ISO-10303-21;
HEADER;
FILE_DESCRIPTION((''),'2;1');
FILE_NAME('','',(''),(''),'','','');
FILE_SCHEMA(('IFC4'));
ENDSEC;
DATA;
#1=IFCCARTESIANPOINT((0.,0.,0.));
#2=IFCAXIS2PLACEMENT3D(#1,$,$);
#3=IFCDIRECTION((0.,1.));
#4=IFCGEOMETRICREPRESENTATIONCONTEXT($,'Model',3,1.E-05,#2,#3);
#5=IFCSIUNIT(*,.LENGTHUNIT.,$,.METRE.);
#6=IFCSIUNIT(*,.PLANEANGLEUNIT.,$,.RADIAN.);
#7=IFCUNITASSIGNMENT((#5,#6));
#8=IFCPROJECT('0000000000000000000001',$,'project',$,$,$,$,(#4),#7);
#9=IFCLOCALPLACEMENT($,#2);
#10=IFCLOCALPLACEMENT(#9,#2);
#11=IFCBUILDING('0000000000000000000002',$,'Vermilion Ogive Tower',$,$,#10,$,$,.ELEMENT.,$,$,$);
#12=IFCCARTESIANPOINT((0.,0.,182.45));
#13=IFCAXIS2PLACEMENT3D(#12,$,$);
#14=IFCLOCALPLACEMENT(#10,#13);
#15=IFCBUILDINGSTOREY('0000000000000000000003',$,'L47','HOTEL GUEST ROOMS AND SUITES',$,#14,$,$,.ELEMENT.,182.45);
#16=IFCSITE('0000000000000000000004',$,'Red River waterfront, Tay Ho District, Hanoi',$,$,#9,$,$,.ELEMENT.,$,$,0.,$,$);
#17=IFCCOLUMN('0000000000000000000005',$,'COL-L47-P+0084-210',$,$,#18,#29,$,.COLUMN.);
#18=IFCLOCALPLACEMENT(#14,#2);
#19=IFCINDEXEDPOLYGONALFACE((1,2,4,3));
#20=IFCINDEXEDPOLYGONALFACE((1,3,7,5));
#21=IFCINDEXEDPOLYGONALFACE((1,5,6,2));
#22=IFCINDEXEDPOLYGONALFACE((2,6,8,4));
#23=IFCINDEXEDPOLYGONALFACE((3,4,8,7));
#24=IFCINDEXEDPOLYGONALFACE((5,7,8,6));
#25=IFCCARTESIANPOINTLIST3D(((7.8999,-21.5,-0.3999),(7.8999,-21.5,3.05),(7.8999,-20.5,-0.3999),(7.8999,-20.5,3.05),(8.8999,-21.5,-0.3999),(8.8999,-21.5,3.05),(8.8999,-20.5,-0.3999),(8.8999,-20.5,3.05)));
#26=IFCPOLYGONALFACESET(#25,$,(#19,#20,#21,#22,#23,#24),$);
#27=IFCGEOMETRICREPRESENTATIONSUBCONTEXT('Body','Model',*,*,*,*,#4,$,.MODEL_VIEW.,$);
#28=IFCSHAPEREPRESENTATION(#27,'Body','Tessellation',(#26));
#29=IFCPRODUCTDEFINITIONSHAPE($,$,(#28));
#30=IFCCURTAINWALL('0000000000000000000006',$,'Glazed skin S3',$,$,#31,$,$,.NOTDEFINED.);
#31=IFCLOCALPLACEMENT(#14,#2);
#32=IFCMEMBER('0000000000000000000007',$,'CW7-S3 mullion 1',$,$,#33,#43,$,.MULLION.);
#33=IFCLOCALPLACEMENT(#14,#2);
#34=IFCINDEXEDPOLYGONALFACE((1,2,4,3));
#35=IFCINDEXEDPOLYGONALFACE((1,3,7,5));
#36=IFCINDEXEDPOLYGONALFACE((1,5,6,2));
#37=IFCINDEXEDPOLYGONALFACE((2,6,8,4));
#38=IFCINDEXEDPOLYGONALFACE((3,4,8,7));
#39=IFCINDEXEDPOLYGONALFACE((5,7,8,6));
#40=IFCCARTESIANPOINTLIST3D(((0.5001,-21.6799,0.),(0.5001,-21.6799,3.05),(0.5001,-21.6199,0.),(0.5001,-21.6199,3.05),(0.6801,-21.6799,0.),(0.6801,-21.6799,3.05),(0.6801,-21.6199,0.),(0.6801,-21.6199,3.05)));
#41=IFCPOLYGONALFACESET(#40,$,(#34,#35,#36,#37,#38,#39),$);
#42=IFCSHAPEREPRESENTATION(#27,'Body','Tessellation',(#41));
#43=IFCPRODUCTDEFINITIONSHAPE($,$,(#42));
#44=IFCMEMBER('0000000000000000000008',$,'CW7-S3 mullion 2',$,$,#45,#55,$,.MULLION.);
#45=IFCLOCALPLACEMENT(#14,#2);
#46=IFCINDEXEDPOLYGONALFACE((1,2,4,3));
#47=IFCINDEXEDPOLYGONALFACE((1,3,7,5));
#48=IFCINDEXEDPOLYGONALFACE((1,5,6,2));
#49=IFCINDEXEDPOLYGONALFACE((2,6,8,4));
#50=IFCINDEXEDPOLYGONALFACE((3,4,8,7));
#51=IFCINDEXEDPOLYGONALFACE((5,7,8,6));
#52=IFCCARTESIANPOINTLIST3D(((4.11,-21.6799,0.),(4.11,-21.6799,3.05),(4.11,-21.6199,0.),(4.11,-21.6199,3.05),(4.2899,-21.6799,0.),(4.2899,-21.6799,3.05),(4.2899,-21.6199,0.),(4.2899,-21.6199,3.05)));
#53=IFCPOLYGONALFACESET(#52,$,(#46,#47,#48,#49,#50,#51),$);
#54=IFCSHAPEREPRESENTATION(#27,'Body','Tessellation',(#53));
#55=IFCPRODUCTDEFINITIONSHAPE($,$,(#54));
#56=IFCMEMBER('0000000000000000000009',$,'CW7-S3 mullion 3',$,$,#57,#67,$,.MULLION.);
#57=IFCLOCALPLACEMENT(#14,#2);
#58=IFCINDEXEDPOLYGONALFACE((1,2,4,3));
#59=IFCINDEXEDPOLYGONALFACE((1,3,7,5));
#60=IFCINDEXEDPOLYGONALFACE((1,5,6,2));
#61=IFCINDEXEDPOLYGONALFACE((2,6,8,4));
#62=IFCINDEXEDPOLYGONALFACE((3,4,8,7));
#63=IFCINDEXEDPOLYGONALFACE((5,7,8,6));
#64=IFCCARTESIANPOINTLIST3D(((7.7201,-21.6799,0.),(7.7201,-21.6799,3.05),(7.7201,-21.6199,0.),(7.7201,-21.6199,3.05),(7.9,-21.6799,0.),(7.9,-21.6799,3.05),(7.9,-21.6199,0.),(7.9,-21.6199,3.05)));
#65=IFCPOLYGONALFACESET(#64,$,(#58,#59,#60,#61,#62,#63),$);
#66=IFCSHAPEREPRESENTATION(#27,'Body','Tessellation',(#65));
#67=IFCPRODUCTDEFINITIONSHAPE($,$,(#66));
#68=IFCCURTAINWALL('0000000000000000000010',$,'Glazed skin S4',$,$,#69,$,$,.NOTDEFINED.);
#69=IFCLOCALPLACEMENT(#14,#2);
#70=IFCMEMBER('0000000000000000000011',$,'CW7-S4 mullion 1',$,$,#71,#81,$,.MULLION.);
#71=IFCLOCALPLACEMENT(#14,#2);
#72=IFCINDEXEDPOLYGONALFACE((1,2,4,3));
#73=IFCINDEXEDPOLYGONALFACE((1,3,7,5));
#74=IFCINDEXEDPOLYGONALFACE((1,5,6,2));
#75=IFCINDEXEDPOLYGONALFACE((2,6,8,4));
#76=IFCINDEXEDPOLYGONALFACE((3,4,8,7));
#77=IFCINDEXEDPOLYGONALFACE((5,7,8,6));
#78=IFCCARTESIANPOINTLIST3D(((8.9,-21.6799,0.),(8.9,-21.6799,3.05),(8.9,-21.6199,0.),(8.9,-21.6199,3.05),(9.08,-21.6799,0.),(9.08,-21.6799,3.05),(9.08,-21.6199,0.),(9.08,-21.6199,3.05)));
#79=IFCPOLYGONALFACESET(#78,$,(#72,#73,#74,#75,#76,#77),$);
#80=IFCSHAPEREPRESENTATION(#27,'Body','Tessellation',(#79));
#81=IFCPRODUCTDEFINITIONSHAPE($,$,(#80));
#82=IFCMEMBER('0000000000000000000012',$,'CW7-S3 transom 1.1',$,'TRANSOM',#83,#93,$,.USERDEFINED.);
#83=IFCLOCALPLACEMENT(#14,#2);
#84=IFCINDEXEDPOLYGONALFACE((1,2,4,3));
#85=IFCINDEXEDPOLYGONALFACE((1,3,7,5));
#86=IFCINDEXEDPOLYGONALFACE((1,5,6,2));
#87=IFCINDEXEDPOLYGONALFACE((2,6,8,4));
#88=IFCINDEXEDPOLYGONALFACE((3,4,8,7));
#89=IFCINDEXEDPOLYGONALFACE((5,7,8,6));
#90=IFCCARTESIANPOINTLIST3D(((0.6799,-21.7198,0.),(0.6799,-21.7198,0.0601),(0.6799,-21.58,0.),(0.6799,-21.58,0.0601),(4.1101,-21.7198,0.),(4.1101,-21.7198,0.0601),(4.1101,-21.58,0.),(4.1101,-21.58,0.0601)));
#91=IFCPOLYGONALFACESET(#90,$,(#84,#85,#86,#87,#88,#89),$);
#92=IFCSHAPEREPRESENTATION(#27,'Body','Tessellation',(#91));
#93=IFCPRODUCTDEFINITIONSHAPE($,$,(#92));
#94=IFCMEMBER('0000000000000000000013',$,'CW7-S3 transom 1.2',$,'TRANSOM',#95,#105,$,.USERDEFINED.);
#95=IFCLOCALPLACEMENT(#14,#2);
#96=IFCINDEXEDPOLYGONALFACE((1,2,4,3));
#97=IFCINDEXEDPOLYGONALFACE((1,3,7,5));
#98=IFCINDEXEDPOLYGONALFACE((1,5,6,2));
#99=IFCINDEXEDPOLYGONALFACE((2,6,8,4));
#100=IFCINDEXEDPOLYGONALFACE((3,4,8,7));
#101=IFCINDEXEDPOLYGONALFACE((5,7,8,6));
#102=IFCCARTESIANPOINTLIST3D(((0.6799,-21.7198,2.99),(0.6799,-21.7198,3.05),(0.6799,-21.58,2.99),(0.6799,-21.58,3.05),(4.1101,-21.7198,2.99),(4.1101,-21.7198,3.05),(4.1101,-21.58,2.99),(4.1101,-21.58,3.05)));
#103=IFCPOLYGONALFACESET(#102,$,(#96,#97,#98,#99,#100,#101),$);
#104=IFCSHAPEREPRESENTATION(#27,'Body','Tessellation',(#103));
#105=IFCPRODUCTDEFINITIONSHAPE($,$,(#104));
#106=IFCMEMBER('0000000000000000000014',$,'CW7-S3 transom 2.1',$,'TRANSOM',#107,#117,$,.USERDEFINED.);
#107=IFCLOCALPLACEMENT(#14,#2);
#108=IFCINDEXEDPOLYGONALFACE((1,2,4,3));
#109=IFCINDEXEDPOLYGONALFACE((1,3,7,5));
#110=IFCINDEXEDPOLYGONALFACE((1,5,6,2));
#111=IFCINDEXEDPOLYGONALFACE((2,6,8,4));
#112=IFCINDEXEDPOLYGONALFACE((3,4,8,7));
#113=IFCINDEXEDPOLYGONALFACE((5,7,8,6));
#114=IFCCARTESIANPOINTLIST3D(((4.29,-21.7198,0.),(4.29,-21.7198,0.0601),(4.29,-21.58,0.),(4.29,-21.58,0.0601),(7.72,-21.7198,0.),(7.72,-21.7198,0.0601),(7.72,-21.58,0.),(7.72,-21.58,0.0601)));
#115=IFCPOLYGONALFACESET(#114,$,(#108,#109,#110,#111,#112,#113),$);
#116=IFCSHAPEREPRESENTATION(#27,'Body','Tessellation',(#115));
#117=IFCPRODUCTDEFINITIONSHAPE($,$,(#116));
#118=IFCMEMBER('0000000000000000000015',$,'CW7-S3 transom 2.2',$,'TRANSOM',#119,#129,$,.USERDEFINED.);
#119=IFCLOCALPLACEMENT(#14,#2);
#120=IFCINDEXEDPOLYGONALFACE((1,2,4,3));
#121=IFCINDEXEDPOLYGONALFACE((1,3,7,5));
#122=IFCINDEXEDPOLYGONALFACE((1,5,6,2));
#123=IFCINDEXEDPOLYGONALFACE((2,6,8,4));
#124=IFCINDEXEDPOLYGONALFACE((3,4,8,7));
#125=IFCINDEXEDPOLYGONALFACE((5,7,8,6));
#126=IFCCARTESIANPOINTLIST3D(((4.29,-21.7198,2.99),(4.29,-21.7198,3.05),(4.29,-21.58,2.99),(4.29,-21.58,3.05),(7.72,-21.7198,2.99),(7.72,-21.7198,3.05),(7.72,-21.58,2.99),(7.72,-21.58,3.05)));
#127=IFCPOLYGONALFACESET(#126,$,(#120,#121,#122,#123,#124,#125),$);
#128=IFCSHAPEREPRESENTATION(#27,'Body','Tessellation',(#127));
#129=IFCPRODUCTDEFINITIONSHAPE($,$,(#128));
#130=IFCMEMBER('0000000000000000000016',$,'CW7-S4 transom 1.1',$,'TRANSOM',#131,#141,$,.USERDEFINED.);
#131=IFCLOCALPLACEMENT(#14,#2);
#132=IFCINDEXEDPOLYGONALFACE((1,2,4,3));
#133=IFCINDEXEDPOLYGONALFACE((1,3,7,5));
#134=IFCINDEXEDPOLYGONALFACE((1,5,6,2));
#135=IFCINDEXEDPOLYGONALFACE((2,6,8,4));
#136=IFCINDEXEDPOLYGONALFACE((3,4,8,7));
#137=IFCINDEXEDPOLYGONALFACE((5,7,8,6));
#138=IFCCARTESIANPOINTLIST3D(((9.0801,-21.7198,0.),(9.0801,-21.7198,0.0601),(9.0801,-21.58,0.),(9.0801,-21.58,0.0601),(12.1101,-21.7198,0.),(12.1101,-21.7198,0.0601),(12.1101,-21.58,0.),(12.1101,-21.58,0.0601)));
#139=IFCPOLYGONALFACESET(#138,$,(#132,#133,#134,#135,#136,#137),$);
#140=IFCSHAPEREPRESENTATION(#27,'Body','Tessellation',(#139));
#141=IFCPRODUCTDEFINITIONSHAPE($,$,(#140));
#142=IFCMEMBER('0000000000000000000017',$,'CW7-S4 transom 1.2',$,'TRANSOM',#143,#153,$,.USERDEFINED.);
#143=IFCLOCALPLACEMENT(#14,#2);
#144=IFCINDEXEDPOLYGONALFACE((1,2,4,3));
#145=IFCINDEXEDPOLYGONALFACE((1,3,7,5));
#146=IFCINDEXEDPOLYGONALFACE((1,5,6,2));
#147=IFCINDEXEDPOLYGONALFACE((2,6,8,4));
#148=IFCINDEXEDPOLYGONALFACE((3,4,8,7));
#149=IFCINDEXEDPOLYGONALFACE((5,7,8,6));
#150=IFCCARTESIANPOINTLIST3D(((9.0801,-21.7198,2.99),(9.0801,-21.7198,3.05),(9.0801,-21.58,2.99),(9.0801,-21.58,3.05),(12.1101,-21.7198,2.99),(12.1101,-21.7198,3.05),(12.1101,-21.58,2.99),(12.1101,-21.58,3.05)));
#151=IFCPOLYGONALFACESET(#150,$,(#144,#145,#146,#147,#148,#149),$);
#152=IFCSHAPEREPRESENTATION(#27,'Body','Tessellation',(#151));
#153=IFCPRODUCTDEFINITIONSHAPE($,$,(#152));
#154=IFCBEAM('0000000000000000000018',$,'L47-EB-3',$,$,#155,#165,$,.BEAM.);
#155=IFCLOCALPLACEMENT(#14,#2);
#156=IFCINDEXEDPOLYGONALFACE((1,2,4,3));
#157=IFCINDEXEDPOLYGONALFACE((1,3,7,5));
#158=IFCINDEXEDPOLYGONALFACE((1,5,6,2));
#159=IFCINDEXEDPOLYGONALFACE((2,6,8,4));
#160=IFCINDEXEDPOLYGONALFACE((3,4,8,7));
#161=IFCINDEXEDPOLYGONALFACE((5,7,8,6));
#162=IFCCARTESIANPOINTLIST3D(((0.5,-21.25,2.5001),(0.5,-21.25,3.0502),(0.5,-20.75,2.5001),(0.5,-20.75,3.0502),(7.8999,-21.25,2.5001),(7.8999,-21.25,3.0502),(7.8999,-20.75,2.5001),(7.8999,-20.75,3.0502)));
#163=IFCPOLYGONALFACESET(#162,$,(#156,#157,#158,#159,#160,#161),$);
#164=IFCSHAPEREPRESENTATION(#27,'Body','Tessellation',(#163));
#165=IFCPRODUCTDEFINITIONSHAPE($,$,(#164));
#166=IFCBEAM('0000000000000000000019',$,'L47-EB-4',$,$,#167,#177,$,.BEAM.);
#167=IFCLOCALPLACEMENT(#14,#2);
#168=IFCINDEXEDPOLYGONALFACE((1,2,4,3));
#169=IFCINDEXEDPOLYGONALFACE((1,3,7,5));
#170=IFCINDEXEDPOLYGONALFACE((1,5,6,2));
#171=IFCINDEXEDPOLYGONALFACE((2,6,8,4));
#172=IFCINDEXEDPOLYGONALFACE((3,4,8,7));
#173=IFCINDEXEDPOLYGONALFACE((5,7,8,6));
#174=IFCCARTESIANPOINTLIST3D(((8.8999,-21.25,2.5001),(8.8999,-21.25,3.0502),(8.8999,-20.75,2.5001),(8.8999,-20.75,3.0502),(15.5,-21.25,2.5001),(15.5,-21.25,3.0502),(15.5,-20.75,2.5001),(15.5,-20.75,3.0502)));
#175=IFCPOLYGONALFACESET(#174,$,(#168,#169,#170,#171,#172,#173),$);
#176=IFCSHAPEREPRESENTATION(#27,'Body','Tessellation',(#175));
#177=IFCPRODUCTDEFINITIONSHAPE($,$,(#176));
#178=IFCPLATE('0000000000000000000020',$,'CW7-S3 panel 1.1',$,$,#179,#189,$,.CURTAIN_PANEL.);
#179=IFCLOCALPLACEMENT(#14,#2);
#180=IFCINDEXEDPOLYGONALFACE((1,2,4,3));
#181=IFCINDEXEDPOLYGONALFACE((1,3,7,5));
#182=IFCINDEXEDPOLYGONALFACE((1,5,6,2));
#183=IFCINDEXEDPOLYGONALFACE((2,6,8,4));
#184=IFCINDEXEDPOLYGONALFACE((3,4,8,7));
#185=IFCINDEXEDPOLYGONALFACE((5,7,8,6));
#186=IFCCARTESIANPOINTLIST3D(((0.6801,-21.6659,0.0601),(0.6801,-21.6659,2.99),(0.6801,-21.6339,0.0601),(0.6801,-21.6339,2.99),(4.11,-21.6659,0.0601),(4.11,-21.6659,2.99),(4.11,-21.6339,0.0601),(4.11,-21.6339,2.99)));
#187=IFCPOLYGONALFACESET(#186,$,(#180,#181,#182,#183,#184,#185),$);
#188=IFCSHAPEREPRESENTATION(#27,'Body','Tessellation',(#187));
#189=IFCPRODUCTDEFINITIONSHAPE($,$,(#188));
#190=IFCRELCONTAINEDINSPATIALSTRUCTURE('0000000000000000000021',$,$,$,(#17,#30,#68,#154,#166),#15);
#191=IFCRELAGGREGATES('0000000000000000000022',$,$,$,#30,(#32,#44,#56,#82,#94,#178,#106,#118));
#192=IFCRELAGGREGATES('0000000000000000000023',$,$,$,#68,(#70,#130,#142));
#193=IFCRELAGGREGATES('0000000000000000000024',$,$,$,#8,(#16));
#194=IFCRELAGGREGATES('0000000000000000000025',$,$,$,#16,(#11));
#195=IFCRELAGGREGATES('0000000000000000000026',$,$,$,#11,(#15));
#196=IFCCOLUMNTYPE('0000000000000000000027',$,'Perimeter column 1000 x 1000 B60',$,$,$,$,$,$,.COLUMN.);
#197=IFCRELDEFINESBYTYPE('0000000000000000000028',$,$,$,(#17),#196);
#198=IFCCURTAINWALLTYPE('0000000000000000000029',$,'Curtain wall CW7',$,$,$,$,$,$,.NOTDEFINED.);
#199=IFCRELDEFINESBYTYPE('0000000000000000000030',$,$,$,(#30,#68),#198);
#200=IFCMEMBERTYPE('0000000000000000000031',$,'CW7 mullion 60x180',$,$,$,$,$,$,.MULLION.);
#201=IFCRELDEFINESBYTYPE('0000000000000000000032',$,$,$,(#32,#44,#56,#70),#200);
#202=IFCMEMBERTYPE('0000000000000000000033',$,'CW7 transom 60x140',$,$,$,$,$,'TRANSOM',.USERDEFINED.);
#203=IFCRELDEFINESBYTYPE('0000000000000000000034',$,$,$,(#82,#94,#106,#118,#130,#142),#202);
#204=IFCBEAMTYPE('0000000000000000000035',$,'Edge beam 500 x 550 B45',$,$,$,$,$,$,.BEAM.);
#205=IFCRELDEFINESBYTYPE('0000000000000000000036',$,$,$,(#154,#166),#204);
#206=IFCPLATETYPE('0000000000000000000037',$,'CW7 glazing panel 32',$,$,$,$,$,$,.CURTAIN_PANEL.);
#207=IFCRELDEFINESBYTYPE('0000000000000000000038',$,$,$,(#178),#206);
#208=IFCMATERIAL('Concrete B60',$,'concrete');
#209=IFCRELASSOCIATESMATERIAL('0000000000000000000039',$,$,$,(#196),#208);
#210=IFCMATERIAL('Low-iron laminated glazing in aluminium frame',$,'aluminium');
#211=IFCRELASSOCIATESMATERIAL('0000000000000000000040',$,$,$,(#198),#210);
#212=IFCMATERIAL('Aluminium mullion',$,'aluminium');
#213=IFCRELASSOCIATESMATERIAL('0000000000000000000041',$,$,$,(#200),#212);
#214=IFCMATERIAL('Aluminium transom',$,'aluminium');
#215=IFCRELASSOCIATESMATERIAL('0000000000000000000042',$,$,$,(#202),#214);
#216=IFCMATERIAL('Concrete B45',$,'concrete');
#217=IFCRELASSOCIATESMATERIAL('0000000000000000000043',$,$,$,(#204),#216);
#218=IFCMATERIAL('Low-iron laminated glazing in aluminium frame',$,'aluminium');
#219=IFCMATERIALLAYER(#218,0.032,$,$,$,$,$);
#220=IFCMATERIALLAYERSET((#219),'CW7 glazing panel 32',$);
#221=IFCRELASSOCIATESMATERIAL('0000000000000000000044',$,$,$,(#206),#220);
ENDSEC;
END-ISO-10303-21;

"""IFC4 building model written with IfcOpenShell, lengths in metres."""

from ifc_helpers import new_model, si_unit, direction, frame, origin, origin_2d, place, context, subcontext, project, spatial, rectangle, extrude, material, layer, layer_set, material_profile, profile_set, type_object, element, aggregate, save


model = new_model("IFC4")

# Units and contexts
model_context = context("Model", 3, precision=1e-05, world=origin(), true_north=direction((0.0, 1.0)))
body_context = subcontext(model_context, "Body", "Model", "MODEL_VIEW")
ifc_project = project(units=[si_unit("LENGTHUNIT", "METRE"), si_unit("PLANEANGLEUNIT", "RADIAN")], contexts=[model_context])

# Site, building, storey
site_placement = place(None, origin())
site = spatial("IfcSite", under=ifc_project, at=site_placement, Name="Red River waterfront, Tay Ho District, Hanoi", CompositionType="ELEMENT", RefElevation=0.0)
building_placement = place(site_placement, origin())
building = spatial("IfcBuilding", under=site, at=building_placement, Name="Vermilion Ogive Tower", CompositionType="ELEMENT")
storey_placement = place(building_placement, frame((0.0, 0.0, 182.45)))
storey = spatial("IfcBuildingStorey", under=building, at=storey_placement, Name="L47", Description="HOTEL GUEST ROOMS AND SUITES", CompositionType="ELEMENT", Elevation=182.45)

# Column
ifc_material_1 = material(Name="Concrete B60", Category="concrete")
ifc_material_profile_1 = material_profile(ifc_material_1, rectangle(XDim=1.0, YDim=1.0, at=origin_2d()), Name="1000 x 1000")
ifc_profile_set_1 = profile_set([ifc_material_profile_1], Name="Concrete B60")
column_type = type_object("IfcColumnType", Name="Perimeter column 1000 x 1000 B60", PredefinedType="COLUMN", material=ifc_profile_set_1)
column_placement = place(storey_placement, frame((8.3999, -21.0, -0.3999), z_axis=(0.0, 0.0, 1.0), x_axis=(1.0, 0.0, 0.0)))
element("IfcColumn", 1, at=column_placement, inside=storey, type_object=column_type, Name="COL-L47-P+0084-210", PredefinedType="COLUMN", context=body_context, shape_type="SweptSolid", body=[
    extrude(rectangle(XDim=1.0, YDim=1.0, at=origin_2d()), origin(), (0.0, 0.0, 1.0), 3.45),
])

# Curtain wall, members
ifc_material_2 = material(Name="Low-iron laminated glazing in aluminium frame", Category="aluminium")
curtain_wall_type = type_object("IfcCurtainWallType", Name="Curtain wall CW7", PredefinedType="NOTDEFINED", material=ifc_material_2)
curtain_wall_1_placement = place(storey_placement, origin())
curtain_wall_1 = element("IfcCurtainWall", 2, at=curtain_wall_1_placement, inside=storey, type_object=curtain_wall_type, Name="Glazed skin S3", PredefinedType="NOTDEFINED")
ifc_material_3 = material(Name="Aluminium mullion", Category="aluminium")
ifc_material_profile_2 = material_profile(ifc_material_3, rectangle(XDim=0.0601, YDim=0.1799, at=origin_2d()), Name="AL 60x180")
ifc_profile_set_2 = profile_set([ifc_material_profile_2], Name="Aluminium mullion")
member_type_1 = type_object("IfcMemberType", Name="CW7 mullion 60x180", PredefinedType="MULLION", material=ifc_profile_set_2)
member_1_placement = place(storey_placement, frame((0.5901, -21.6499, 0.0), z_axis=(0.0, 0.0, 1.0), x_axis=(0.0, 1.0, 0.0)))
member_1 = element("IfcMember", 3, at=member_1_placement, type_object=member_type_1, Name="CW7-S3 mullion 1", PredefinedType="MULLION", context=body_context, shape_type="SweptSolid", body=[
    extrude(rectangle(XDim=0.0601, YDim=0.1799, at=origin_2d()), origin(), (0.0, 0.0, 1.0), 3.05),
])
member_2_placement = place(storey_placement, frame((4.2, -21.6499, 0.0), z_axis=(0.0, 0.0, 1.0), x_axis=(0.0, 1.0, 0.0)))
member_2 = element("IfcMember", 4, at=member_2_placement, type_object=member_type_1, Name="CW7-S3 mullion 2", PredefinedType="MULLION", context=body_context, shape_type="SweptSolid", body=[
    extrude(rectangle(XDim=0.0601, YDim=0.1799, at=origin_2d()), origin(), (0.0, 0.0, 1.0), 3.05),
])
member_3_placement = place(storey_placement, frame((7.8101, -21.6499, 0.0), z_axis=(0.0, 0.0, 1.0), x_axis=(0.0, 1.0, 0.0)))
member_3 = element("IfcMember", 5, at=member_3_placement, type_object=member_type_1, Name="CW7-S3 mullion 3", PredefinedType="MULLION", context=body_context, shape_type="SweptSolid", body=[
    extrude(rectangle(XDim=0.0601, YDim=0.1799, at=origin_2d()), origin(), (0.0, 0.0, 1.0), 3.05),
])

# Curtain wall, member
curtain_wall_2_placement = place(storey_placement, origin())
curtain_wall_2 = element("IfcCurtainWall", 6, at=curtain_wall_2_placement, inside=storey, type_object=curtain_wall_type, Name="Glazed skin S4", PredefinedType="NOTDEFINED")
member_4_placement = place(storey_placement, frame((8.99, -21.6499, 0.0), z_axis=(0.0, 0.0, 1.0), x_axis=(0.0, 1.0, 0.0)))
member_4 = element("IfcMember", 7, at=member_4_placement, type_object=member_type_1, Name="CW7-S4 mullion 1", PredefinedType="MULLION", context=body_context, shape_type="SweptSolid", body=[
    extrude(rectangle(XDim=0.0601, YDim=0.1799, at=origin_2d()), origin(), (0.0, 0.0, 1.0), 3.05),
])

# Members
ifc_material_4 = material(Name="Aluminium transom", Category="aluminium")
ifc_material_profile_3 = material_profile(ifc_material_4, rectangle(XDim=0.1399, YDim=0.0601, at=origin_2d()), Name="AL 60x140")
ifc_profile_set_3 = profile_set([ifc_material_profile_3], Name="Aluminium transom")
member_type_2 = type_object("IfcMemberType", Name="CW7 transom 60x140", ElementType="TRANSOM", PredefinedType="USERDEFINED", material=ifc_profile_set_3)
member_5_placement = place(storey_placement, frame((0.6799, -21.6499, 0.03), z_axis=(1.0, 0.0, 0.0), x_axis=(0.0, 1.0, 0.0)))
member_5 = element("IfcMember", 8, at=member_5_placement, type_object=member_type_2, Name="CW7-S3 transom 1.1", ObjectType="TRANSOM", PredefinedType="USERDEFINED", context=body_context, shape_type="SweptSolid", body=[
    extrude(rectangle(XDim=0.1399, YDim=0.0601, at=origin_2d()), origin(), (0.0, 0.0, 1.0), 3.4302),
])
member_6_placement = place(storey_placement, frame((0.6799, -21.6499, 3.02), z_axis=(1.0, 0.0, 0.0), x_axis=(0.0, 1.0, 0.0)))
member_6 = element("IfcMember", 9, at=member_6_placement, type_object=member_type_2, Name="CW7-S3 transom 1.2", ObjectType="TRANSOM", PredefinedType="USERDEFINED", context=body_context, shape_type="SweptSolid", body=[
    extrude(rectangle(XDim=0.1399, YDim=0.0601, at=origin_2d()), origin(), (0.0, 0.0, 1.0), 3.4302),
])
member_7_placement = place(storey_placement, frame((4.29, -21.6499, 0.03), z_axis=(1.0, 0.0, 0.0), x_axis=(0.0, 1.0, 0.0)))
member_7 = element("IfcMember", 10, at=member_7_placement, type_object=member_type_2, Name="CW7-S3 transom 2.1", ObjectType="TRANSOM", PredefinedType="USERDEFINED", context=body_context, shape_type="SweptSolid", body=[
    extrude(rectangle(XDim=0.1399, YDim=0.0601, at=origin_2d()), origin(), (0.0, 0.0, 1.0), 3.4299),
])
member_8_placement = place(storey_placement, frame((4.29, -21.6499, 3.02), z_axis=(1.0, 0.0, 0.0), x_axis=(0.0, 1.0, 0.0)))
member_8 = element("IfcMember", 11, at=member_8_placement, type_object=member_type_2, Name="CW7-S3 transom 2.2", ObjectType="TRANSOM", PredefinedType="USERDEFINED", context=body_context, shape_type="SweptSolid", body=[
    extrude(rectangle(XDim=0.1399, YDim=0.0601, at=origin_2d()), origin(), (0.0, 0.0, 1.0), 3.4299),
])
member_9_placement = place(storey_placement, frame((9.0801, -21.6499, 0.03), z_axis=(1.0, 0.0, 0.0), x_axis=(0.0, 1.0, 0.0)))
member_9 = element("IfcMember", 12, at=member_9_placement, type_object=member_type_2, Name="CW7-S4 transom 1.1", ObjectType="TRANSOM", PredefinedType="USERDEFINED", context=body_context, shape_type="SweptSolid", body=[
    extrude(rectangle(XDim=0.1399, YDim=0.0601, at=origin_2d()), origin(), (0.0, 0.0, 1.0), 3.03),
])
member_10_placement = place(storey_placement, frame((9.0801, -21.6499, 3.02), z_axis=(1.0, 0.0, 0.0), x_axis=(0.0, 1.0, 0.0)))
member_10 = element("IfcMember", 13, at=member_10_placement, type_object=member_type_2, Name="CW7-S4 transom 1.2", ObjectType="TRANSOM", PredefinedType="USERDEFINED", context=body_context, shape_type="SweptSolid", body=[
    extrude(rectangle(XDim=0.1399, YDim=0.0601, at=origin_2d()), origin(), (0.0, 0.0, 1.0), 3.03),
])

# Beams
ifc_material_5 = material(Name="Concrete B45", Category="concrete")
ifc_material_profile_4 = material_profile(ifc_material_5, rectangle(XDim=0.5, YDim=0.55, at=origin_2d()), Name="500 x 550")
ifc_profile_set_4 = profile_set([ifc_material_profile_4], Name="Concrete B45")
beam_type = type_object("IfcBeamType", Name="Edge beam 500 x 550 B45", PredefinedType="BEAM", material=ifc_profile_set_4)
beam_1_placement = place(storey_placement, frame((0.5, -21.0, 2.7751), z_axis=(1.0, 0.0, 0.0), x_axis=(0.0, 1.0, 0.0)))
element("IfcBeam", 14, at=beam_1_placement, inside=storey, type_object=beam_type, Name="L47-EB-3", PredefinedType="BEAM", context=body_context, shape_type="SweptSolid", body=[
    extrude(rectangle(XDim=0.5, YDim=0.55, at=origin_2d()), origin(), (0.0, 0.0, 1.0), 7.3999),
])
beam_2_placement = place(storey_placement, frame((8.8999, -21.0, 2.7751), z_axis=(1.0, 0.0, 0.0), x_axis=(0.0, 1.0, 0.0)))
element("IfcBeam", 15, at=beam_2_placement, inside=storey, type_object=beam_type, Name="L47-EB-4", PredefinedType="BEAM", context=body_context, shape_type="SweptSolid", body=[
    extrude(rectangle(XDim=0.5, YDim=0.55, at=origin_2d()), origin(), (0.0, 0.0, 1.0), 6.6001),
])

# Plate
ifc_material_6 = material(Name="Low-iron laminated glazing in aluminium frame", Category="aluminium")
ifc_layer_1 = layer(ifc_material_6, 0.032)
ifc_layer_set_1 = layer_set([ifc_layer_1], Name="CW7 glazing panel 32")
plate_type = type_object("IfcPlateType", Name="CW7 glazing panel 32", PredefinedType="CURTAIN_PANEL", material=ifc_layer_set_1)
plate_1_placement = place(storey_placement, frame((2.395, -21.6499, 0.0601), z_axis=(0.0, 0.0, 1.0), x_axis=(1.0, 0.0, 0.0)))
plate_1 = element("IfcPlate", 16, at=plate_1_placement, type_object=plate_type, Name="CW7-S3 panel 1.1", PredefinedType="CURTAIN_PANEL", context=body_context, shape_type="SweptSolid", body=[
    extrude(rectangle(XDim=3.4299, YDim=0.032, at=origin_2d()), origin(), (0.0, 0.0, 1.0), 2.9299),
])
aggregate(curtain_wall_1, [member_1, member_2, member_3, member_5, member_6, plate_1, member_7, member_8])
aggregate(curtain_wall_2, [member_4, member_9, member_10])

save(model, "model.ifc")
